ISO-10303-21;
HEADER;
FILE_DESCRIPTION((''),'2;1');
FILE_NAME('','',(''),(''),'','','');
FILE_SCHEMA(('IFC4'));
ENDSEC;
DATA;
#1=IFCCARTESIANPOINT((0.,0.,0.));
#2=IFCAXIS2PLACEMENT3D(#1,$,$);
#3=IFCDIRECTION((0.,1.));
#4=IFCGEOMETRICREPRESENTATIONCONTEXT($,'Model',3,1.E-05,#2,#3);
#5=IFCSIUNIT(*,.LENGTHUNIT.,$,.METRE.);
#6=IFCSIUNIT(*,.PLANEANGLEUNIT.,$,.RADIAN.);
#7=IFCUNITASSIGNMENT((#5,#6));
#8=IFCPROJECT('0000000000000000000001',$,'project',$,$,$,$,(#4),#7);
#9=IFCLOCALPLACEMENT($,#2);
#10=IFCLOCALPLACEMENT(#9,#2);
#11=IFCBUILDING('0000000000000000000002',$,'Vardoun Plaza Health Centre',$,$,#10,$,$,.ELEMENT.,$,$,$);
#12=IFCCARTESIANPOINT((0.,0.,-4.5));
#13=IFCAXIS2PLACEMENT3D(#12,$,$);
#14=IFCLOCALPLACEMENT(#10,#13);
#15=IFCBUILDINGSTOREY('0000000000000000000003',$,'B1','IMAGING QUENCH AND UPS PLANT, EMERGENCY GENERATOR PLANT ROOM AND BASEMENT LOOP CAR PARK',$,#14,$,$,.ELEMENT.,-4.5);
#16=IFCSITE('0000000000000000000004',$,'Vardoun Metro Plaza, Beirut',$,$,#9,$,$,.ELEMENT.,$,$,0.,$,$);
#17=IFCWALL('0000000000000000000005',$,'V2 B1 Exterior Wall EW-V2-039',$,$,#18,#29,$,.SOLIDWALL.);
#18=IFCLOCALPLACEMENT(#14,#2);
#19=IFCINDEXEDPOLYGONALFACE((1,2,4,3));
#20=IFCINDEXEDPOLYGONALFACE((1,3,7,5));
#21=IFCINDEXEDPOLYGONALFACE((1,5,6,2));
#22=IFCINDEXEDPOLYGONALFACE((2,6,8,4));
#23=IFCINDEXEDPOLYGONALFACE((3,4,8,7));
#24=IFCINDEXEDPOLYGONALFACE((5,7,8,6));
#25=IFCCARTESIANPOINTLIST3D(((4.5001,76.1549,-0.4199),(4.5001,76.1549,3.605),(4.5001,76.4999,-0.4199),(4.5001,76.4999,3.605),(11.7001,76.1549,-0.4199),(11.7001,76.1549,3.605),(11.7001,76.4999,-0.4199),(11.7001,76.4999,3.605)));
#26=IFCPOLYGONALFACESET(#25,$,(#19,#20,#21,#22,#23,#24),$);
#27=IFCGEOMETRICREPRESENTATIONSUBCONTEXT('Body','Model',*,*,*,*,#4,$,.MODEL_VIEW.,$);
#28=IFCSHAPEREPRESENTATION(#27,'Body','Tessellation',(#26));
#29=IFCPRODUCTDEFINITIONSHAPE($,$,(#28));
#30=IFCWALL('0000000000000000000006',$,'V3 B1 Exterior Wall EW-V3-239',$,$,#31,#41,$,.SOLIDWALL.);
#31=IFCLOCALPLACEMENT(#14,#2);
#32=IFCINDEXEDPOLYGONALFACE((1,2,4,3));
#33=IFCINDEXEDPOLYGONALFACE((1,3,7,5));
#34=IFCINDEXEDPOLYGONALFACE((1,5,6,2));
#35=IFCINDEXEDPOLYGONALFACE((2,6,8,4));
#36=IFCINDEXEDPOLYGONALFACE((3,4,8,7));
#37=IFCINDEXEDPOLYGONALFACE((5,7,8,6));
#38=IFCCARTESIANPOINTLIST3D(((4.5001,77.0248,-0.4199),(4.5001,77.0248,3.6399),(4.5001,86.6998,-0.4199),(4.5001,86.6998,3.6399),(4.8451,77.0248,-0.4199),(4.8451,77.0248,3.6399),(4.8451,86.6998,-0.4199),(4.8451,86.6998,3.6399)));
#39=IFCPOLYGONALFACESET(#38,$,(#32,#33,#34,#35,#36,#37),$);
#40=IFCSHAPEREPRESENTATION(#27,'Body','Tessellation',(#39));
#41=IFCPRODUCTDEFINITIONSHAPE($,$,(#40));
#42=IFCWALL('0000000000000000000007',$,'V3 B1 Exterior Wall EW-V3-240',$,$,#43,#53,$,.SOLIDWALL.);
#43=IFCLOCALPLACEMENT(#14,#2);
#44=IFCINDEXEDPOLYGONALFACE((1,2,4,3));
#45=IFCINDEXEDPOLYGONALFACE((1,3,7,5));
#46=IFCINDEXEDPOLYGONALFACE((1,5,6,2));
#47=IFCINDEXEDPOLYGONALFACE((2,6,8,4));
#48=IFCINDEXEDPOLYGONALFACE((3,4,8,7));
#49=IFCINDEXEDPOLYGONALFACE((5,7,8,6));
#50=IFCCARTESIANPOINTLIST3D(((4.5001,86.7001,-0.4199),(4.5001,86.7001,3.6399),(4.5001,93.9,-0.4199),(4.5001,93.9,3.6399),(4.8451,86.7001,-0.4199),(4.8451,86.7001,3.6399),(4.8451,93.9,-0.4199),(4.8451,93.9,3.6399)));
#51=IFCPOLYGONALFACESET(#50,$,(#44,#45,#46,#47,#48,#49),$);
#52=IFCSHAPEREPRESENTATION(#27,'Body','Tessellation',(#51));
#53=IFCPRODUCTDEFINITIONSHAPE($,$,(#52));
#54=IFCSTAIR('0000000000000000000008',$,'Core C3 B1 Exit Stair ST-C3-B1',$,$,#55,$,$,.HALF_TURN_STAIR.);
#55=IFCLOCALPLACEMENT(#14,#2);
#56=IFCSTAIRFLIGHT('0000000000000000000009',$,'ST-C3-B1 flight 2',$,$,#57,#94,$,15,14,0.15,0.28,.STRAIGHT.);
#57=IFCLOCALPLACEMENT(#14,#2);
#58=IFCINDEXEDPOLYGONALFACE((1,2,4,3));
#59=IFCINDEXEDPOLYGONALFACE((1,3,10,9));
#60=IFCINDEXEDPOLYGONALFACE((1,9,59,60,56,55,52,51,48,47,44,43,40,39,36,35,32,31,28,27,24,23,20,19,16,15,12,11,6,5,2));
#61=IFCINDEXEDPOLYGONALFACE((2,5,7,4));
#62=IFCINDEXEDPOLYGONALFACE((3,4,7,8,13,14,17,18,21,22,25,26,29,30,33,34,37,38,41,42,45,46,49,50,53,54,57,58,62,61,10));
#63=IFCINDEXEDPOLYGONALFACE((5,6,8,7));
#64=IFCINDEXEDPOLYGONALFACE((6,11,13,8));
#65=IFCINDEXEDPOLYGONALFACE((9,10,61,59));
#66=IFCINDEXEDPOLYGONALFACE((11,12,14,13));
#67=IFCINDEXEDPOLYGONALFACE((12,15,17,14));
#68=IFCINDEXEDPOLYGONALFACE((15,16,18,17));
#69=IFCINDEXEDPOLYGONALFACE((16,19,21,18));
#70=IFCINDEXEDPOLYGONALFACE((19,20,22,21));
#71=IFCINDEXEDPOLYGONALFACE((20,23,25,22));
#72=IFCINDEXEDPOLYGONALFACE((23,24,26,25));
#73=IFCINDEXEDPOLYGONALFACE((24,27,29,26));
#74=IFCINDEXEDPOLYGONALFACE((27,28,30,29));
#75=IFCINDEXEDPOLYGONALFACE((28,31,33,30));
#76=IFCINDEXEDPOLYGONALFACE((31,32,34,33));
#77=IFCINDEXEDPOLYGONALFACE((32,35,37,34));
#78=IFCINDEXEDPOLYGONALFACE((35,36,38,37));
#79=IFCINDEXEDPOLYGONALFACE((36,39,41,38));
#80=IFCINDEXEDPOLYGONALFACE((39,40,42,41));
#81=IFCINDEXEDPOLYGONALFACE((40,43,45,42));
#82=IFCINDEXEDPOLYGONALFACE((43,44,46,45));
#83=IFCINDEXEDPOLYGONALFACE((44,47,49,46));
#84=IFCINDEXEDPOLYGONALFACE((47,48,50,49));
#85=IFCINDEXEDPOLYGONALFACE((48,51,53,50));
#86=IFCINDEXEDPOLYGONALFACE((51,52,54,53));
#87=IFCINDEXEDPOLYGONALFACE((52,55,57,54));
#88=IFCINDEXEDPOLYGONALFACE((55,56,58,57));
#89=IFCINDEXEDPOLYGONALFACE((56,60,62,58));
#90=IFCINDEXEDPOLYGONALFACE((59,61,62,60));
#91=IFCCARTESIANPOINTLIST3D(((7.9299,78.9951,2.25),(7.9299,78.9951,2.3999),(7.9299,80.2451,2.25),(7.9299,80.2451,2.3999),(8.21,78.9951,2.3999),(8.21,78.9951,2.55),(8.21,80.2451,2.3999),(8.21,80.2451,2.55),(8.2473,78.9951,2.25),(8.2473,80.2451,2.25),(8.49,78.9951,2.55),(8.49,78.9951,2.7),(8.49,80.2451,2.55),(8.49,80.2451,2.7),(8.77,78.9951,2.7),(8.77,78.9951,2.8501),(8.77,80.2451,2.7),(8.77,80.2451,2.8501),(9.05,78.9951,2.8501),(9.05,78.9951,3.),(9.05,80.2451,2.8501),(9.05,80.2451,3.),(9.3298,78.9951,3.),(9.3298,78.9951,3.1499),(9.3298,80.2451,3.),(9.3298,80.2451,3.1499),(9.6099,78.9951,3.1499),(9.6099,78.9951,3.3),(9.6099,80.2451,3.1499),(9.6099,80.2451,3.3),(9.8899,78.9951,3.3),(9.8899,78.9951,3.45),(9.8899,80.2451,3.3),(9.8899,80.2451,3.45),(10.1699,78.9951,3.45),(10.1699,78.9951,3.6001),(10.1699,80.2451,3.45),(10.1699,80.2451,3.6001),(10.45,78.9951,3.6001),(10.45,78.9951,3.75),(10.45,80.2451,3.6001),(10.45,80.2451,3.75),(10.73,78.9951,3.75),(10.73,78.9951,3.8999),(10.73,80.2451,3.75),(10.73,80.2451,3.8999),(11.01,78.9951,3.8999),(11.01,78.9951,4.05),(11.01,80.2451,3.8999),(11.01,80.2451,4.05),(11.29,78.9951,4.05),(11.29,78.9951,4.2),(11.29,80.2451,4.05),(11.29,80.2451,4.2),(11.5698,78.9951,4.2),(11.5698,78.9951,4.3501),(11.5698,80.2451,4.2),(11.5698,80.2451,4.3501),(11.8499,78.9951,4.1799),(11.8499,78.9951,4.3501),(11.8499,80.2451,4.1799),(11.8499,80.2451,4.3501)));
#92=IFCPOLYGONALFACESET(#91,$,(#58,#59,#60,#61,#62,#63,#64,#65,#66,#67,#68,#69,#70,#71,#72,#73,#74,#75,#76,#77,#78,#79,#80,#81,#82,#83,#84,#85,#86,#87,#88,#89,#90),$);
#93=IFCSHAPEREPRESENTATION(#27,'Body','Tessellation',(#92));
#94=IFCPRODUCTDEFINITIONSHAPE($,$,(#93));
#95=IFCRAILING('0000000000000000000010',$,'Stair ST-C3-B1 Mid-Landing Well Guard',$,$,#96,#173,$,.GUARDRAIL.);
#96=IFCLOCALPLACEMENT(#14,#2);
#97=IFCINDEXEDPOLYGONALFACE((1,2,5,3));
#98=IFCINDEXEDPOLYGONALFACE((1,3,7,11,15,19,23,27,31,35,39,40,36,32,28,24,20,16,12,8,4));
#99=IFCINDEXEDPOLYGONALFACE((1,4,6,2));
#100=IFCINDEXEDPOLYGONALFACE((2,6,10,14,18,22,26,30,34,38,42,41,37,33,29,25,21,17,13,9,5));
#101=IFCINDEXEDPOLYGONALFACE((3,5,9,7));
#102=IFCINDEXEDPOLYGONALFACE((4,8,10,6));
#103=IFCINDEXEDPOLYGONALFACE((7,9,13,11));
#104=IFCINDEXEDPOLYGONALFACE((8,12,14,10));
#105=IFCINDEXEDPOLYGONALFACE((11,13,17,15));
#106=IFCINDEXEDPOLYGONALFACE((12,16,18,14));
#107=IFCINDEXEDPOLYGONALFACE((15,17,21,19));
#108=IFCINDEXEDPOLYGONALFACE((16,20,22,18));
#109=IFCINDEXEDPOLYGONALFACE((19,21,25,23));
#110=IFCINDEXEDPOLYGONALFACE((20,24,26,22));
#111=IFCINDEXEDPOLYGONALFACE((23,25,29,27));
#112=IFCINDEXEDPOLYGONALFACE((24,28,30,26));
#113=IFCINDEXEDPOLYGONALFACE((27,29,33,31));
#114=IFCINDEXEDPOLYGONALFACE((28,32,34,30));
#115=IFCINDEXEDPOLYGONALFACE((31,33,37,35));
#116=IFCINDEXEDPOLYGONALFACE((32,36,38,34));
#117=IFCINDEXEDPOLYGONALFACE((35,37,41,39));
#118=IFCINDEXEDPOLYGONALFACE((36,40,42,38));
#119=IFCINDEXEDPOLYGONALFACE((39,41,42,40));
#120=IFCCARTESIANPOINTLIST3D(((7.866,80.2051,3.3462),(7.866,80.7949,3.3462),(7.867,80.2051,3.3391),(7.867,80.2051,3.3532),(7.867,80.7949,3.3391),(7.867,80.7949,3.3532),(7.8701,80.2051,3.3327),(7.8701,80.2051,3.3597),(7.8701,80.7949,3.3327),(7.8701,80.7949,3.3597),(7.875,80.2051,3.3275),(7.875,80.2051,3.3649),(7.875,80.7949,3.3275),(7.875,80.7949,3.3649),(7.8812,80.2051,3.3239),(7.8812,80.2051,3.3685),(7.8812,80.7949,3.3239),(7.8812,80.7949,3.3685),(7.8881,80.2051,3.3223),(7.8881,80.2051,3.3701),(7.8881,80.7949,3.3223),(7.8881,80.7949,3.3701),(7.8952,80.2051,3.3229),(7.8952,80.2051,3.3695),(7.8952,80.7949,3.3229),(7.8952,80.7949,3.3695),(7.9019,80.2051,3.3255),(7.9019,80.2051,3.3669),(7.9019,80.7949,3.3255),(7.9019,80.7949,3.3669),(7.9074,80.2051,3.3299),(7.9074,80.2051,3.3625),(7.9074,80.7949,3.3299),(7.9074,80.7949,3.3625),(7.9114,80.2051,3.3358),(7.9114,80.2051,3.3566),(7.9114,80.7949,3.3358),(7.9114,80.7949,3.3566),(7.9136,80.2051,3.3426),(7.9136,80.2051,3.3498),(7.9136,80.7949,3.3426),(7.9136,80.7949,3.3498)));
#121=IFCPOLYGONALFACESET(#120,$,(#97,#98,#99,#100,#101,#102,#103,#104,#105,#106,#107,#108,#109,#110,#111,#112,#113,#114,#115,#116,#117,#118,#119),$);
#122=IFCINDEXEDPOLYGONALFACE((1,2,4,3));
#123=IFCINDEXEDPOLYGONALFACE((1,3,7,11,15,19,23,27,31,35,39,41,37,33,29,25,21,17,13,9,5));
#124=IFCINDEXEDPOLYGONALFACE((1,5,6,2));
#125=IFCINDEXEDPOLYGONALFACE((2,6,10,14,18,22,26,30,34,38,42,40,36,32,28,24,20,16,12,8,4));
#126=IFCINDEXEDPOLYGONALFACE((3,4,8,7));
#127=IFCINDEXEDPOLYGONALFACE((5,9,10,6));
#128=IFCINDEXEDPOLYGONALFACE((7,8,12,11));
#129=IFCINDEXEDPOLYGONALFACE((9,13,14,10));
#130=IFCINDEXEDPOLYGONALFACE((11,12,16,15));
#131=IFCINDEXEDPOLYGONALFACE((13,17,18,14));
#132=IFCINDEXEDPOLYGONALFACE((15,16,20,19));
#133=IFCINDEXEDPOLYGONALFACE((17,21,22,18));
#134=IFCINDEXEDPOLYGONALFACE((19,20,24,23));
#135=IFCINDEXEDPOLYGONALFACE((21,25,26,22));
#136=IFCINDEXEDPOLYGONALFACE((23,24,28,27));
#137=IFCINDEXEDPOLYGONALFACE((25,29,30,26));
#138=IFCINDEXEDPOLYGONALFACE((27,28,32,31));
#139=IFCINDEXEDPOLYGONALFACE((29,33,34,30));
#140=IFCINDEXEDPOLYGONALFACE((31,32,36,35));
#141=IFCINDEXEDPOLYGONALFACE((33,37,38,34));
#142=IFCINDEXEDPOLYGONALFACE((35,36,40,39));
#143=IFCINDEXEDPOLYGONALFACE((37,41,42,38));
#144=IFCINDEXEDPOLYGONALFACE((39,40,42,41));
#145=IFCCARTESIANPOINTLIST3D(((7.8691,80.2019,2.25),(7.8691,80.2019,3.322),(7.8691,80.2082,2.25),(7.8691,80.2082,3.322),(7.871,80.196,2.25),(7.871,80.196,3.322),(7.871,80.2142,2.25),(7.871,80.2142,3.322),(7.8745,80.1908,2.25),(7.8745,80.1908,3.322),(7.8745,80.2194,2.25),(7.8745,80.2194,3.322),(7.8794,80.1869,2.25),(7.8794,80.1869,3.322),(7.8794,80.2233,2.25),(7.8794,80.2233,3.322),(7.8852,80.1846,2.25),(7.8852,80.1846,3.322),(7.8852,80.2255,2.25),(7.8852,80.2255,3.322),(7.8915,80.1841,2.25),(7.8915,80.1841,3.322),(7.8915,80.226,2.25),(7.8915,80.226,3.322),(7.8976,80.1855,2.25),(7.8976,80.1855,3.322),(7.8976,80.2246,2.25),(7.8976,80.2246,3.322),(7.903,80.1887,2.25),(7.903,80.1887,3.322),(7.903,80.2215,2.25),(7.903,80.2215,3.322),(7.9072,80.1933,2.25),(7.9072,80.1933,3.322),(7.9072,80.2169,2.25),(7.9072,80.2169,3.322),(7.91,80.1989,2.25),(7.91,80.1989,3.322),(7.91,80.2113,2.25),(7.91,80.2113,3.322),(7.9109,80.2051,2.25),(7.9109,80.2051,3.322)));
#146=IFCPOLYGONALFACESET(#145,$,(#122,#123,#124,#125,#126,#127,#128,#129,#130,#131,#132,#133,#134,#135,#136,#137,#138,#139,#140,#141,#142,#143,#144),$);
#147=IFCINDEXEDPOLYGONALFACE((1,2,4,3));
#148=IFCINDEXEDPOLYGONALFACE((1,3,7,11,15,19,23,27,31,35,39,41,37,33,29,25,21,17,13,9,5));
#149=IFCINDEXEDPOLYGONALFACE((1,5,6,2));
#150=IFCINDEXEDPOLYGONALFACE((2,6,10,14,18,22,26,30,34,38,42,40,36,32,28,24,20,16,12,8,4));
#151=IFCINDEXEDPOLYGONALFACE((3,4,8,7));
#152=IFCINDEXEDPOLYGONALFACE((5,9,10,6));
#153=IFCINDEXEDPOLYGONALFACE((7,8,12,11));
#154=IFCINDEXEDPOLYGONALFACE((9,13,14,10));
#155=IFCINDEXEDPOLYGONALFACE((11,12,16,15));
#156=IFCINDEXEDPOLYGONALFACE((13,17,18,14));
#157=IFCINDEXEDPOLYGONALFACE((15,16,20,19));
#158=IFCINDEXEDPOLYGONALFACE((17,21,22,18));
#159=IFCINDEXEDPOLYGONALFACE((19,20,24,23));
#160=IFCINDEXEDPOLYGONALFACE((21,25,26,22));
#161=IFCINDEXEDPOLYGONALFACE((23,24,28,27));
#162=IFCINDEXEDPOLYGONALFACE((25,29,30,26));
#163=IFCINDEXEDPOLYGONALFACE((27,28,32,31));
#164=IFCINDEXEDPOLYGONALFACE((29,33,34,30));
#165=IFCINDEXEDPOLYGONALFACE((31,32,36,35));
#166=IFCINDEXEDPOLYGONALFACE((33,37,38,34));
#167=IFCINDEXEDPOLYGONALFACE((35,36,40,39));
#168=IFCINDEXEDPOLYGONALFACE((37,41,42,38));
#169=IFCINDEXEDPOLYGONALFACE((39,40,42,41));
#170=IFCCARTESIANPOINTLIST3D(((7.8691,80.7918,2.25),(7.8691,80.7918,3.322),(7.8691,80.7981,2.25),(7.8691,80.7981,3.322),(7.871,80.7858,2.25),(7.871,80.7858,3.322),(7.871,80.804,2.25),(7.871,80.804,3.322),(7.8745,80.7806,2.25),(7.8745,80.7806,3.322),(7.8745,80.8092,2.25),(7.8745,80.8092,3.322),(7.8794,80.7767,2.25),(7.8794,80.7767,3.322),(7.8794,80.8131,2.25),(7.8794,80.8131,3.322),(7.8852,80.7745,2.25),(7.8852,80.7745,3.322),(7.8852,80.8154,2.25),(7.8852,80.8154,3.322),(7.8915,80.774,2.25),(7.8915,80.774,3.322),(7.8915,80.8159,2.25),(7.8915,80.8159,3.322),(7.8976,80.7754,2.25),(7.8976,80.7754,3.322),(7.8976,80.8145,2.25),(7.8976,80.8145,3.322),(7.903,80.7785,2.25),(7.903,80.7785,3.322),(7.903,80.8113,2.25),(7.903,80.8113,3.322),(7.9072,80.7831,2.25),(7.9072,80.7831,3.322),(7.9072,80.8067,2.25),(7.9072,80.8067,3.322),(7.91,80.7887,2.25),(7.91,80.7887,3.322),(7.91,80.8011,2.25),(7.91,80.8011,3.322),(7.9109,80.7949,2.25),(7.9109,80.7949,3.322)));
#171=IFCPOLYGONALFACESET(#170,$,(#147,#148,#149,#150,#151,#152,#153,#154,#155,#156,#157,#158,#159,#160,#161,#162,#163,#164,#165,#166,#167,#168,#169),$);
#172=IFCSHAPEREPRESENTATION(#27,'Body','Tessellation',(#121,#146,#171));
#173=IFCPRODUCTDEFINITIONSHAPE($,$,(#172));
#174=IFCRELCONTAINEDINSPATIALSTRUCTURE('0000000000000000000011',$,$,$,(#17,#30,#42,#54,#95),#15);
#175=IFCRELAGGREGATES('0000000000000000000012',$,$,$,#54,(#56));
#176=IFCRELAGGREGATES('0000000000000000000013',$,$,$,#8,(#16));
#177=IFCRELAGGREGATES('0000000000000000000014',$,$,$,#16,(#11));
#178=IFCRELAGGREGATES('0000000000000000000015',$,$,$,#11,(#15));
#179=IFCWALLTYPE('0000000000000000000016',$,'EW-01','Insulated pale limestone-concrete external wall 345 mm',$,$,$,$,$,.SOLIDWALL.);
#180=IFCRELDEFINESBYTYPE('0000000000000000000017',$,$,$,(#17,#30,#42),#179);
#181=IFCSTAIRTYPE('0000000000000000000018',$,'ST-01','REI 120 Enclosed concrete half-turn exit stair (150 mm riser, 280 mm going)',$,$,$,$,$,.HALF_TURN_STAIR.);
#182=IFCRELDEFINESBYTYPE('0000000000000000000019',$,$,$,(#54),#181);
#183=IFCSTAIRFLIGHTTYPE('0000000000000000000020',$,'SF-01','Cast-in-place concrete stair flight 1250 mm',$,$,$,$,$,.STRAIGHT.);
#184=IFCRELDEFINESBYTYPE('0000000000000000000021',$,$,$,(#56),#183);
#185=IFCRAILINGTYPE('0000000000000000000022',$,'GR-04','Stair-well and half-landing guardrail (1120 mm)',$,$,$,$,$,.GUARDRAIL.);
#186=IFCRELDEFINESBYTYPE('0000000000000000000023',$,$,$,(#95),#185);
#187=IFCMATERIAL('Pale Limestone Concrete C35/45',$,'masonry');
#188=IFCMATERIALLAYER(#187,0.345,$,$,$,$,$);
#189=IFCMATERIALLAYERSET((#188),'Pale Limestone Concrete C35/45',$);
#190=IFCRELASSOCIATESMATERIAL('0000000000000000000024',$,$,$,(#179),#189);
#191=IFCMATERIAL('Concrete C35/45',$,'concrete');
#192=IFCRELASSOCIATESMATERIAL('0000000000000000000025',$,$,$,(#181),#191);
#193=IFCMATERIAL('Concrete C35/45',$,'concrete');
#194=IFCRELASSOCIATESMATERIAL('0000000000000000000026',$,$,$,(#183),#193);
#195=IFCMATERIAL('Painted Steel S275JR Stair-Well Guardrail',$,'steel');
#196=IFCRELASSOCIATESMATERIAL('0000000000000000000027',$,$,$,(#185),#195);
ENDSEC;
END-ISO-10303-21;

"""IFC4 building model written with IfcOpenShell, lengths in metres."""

from ifc_helpers import new_model, si_unit, direction, frame, frame_2d, origin, origin_2d, place, context, subcontext, project, spatial, polyline, rectangle, circle, outline, extrude, material, layer, layer_set, type_object, element, aggregate, save


model = new_model("IFC4")

# Units and contexts
model_context = context("Model", 3, precision=1e-05, world=origin(), true_north=direction((0.0, 1.0)))
body_context = subcontext(model_context, "Body", "Model", "MODEL_VIEW")
ifc_project = project(units=[si_unit("LENGTHUNIT", "METRE"), si_unit("PLANEANGLEUNIT", "RADIAN")], contexts=[model_context])

# Site, building, storey
site_placement = place(None, origin())
site = spatial("IfcSite", under=ifc_project, at=site_placement, Name="Vardoun Metro Plaza, Beirut", CompositionType="ELEMENT", RefElevation=0.0)
building_placement = place(site_placement, origin())
building = spatial("IfcBuilding", under=site, at=building_placement, Name="Vardoun Plaza Health Centre", CompositionType="ELEMENT")
storey_placement = place(building_placement, frame((0.0, 0.0, -4.5)))
storey = spatial("IfcBuildingStorey", under=building, at=storey_placement, Name="B1", Description="IMAGING QUENCH AND UPS PLANT, EMERGENCY GENERATOR PLANT ROOM AND BASEMENT LOOP CAR PARK", CompositionType="ELEMENT", Elevation=-4.5)

# Walls
ifc_material_1 = material(Name="Pale Limestone Concrete C35/45", Category="masonry")
ifc_layer_1 = layer(ifc_material_1, 0.345)
ifc_layer_set_1 = layer_set([ifc_layer_1], Name="Pale Limestone Concrete C35/45")
wall_type_1 = type_object("IfcWallType", Name="EW-01", Description="Insulated pale limestone-concrete external wall 345 mm", PredefinedType="SOLIDWALL", material=ifc_layer_set_1)
wall_1_placement = place(storey_placement, frame((4.5, 76.3274, -0.4199), z_axis=(0.0, 0.0, 1.0), x_axis=(1.0, 0.0, 0.0)))
element("IfcWall", 1, at=wall_1_placement, inside=storey, type_object=wall_type_1, Name="V2 B1 Exterior Wall EW-V2-039", PredefinedType="SOLIDWALL", context=body_context, shape_type="SweptSolid", body=[
    extrude(rectangle(XDim=7.2, YDim=0.345, at=frame_2d((3.6001, 0.0))), origin(), (0.0, 0.0, 1.0), 4.0249),
])
wall_2_placement = place(storey_placement, frame((4.6726, 77.0249, -0.4199), z_axis=(0.0, 0.0, 1.0), x_axis=(0.0, 1.0, 0.0)))
element("IfcWall", 2, at=wall_2_placement, inside=storey, type_object=wall_type_1, Name="V3 B1 Exterior Wall EW-V3-239", PredefinedType="SOLIDWALL", context=body_context, shape_type="SweptSolid", body=[
    extrude(rectangle(XDim=9.675, YDim=0.345, at=frame_2d((4.8374, 0.0))), origin(), (0.0, 0.0, 1.0), 4.0598),
])
wall_3_placement = place(storey_placement, frame((4.6726, 86.7, -0.4199), z_axis=(0.0, 0.0, 1.0), x_axis=(0.0, 1.0, 0.0)))
element("IfcWall", 3, at=wall_3_placement, inside=storey, type_object=wall_type_1, Name="V3 B1 Exterior Wall EW-V3-240", PredefinedType="SOLIDWALL", context=body_context, shape_type="SweptSolid", body=[
    extrude(rectangle(XDim=7.2, YDim=0.345, at=frame_2d((3.6001, 0.0))), origin(), (0.0, 0.0, 1.0), 4.0598),
])

# Stair, stair flight
ifc_material_2 = material(Name="Concrete C35/45", Category="concrete")
stair_type = type_object("IfcStairType", Name="ST-01", Description="REI 120 Enclosed concrete half-turn exit stair (150 mm riser, 280 mm going)", PredefinedType="HALF_TURN_STAIR", material=ifc_material_2)
stair_placement = place(storey_placement, origin())
stair = element("IfcStair", 4, at=stair_placement, inside=storey, type_object=stair_type, Name="Core C3 B1 Exit Stair ST-C3-B1", PredefinedType="HALF_TURN_STAIR")
ifc_material_3 = material(Name="Concrete C35/45", Category="concrete")
stair_flight_type = type_object("IfcStairFlightType", Name="SF-01", Description="Cast-in-place concrete stair flight 1250 mm", PredefinedType="STRAIGHT", material=ifc_material_3)
stair_flight_placement = place(storey_placement, frame((7.9299, 79.6201, 2.25), z_axis=(0.0, 0.0, 1.0), x_axis=(1.0, 0.0, 0.0)))
stair_flight = element("IfcStairFlight", 5, at=stair_flight_placement, type_object=stair_flight_type, Name="ST-C3-B1 flight 2", NumberOfRisers=15, NumberOfTreads=14, PredefinedType="STRAIGHT", RiserHeight=0.15, TreadLength=0.28, context=body_context, shape_type="SweptSolid", body=[
    extrude(outline(polyline([(0.0, 0.0), (0.0, 0.1499), (0.28, 0.1499), (0.28, 0.3), (0.5601, 0.3), (0.5601, 0.45), (0.8401, 0.45), (0.8401, 0.6001), (1.1201, 0.6001), (1.1201, 0.75), (1.3999, 0.75), (1.3999, 0.8999), (1.6799, 0.8999), (1.6799, 1.05), (1.96, 1.05), (1.96, 1.2), (2.24, 1.2), (2.24, 1.3501), (2.52, 1.3501), (2.52, 1.5), (2.8, 1.5), (2.8, 1.6499), (3.0801, 1.6499), (3.0801, 1.8), (3.3601, 1.8), (3.3601, 1.95), (3.6399, 1.95), (3.6399, 2.1001), (3.9199, 2.1001), (3.9199, 2.25), (3.9199, 1.9299), (0.3174, 0.0), (0.0, 0.0)])), frame((0.0, 0.625, 0.0), z_axis=(0.0, -1.0, 0.0), x_axis=(1.0, 0.0, 0.0)), (0.0, 0.0, 1.0), 1.25),
])
aggregate(stair, [stair_flight])

# Railing
ifc_material_4 = material(Name="Painted Steel S275JR Stair-Well Guardrail", Category="steel")
railing_type_1 = type_object("IfcRailingType", Name="GR-04", Description="Stair-well and half-landing guardrail (1120 mm)", PredefinedType="GUARDRAIL", material=ifc_material_4)
railing_1_placement = place(storey_placement, frame((7.8899, 80.2051, 2.25)))
element("IfcRailing", 6, at=railing_1_placement, inside=storey, type_object=railing_type_1, Name="Stair ST-C3-B1 Mid-Landing Well Guard", PredefinedType="GUARDRAIL", context=body_context, shape_type="SweptSolid", body=[
    extrude(circle(Radius=0.0239, at=origin_2d()), frame((0.0, 0.0, 1.0962), z_axis=(0.0, 1.0, 0.0), x_axis=(-1.0, 0.0, 0.0)), (0.0, 0.0, 1.0), 0.5898),
    extrude(circle(Radius=0.021, at=origin_2d()), origin(), (0.0, 0.0, 1.0), 1.072),
    extrude(circle(Radius=0.021, at=origin_2d()), frame((0.0, 0.5898, 0.0)), (0.0, 0.0, 1.0), 1.072),
])

save(model, "model.ifc")
